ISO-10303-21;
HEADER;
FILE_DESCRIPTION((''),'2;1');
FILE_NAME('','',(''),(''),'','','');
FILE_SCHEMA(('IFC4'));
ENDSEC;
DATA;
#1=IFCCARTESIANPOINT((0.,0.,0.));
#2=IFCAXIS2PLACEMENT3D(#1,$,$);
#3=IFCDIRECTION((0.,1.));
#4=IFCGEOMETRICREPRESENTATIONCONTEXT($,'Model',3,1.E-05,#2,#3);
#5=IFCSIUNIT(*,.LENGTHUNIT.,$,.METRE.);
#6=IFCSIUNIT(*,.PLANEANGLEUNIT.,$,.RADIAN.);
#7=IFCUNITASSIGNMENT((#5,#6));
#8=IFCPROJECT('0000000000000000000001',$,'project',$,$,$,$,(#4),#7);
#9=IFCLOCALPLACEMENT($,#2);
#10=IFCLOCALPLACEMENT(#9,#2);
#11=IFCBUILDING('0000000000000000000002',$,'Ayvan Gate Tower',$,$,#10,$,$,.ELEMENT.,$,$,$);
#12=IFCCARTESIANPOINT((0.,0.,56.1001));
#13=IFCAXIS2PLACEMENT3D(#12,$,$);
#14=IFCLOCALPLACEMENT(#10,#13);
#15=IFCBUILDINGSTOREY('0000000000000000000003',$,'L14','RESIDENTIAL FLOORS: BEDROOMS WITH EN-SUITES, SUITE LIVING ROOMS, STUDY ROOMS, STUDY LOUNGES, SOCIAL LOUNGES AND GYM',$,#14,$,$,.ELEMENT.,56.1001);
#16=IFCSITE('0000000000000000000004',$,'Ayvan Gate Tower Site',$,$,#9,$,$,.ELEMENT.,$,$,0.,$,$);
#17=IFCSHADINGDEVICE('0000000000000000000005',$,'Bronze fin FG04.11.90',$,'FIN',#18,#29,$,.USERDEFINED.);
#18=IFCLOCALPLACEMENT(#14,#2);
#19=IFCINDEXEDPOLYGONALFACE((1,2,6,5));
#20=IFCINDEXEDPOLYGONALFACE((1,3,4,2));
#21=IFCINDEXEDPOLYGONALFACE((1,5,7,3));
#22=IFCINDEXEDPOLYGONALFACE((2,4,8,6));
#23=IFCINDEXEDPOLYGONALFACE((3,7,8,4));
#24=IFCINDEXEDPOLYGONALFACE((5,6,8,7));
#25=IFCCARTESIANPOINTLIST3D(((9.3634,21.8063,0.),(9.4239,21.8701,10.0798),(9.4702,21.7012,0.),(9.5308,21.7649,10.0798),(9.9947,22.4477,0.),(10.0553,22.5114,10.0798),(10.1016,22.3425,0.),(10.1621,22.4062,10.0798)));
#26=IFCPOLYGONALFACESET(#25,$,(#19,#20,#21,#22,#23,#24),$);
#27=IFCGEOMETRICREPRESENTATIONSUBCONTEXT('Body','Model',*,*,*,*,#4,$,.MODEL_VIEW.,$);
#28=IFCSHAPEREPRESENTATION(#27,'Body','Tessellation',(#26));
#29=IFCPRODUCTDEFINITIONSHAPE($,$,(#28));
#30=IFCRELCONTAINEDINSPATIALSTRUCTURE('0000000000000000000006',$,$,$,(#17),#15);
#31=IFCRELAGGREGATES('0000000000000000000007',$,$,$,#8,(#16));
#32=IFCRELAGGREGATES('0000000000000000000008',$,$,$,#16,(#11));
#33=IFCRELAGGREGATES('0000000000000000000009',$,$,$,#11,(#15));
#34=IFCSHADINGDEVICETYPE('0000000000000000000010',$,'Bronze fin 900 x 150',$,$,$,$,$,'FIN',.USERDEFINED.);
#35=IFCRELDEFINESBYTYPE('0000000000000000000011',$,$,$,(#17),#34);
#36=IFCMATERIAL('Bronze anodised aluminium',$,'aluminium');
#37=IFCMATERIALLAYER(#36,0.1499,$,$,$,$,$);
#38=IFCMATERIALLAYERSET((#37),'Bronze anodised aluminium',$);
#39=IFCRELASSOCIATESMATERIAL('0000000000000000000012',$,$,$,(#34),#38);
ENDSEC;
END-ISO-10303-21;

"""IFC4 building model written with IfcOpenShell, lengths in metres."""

from ifc_helpers import new_model, si_unit, direction, frame, origin, place, context, subcontext, project, spatial, polyline, outline, extrude, material, layer, layer_set, type_object, element, save


model = new_model("IFC4")

# Units and contexts
model_context = context("Model", 3, precision=1e-05, world=origin(), true_north=direction((0.0, 1.0)))
body_context = subcontext(model_context, "Body", "Model", "MODEL_VIEW")
ifc_project = project(units=[si_unit("LENGTHUNIT", "METRE"), si_unit("PLANEANGLEUNIT", "RADIAN")], contexts=[model_context])

# Site, building, storey
site_placement = place(None, origin())
site = spatial("IfcSite", under=ifc_project, at=site_placement, Name="Ayvan Gate Tower Site", CompositionType="ELEMENT", RefElevation=0.0)
building_placement = place(site_placement, origin())
building = spatial("IfcBuilding", under=site, at=building_placement, Name="Ayvan Gate Tower", CompositionType="ELEMENT")
storey_placement = place(building_placement, frame((0.0, 0.0, 56.1001)))
storey = spatial("IfcBuildingStorey", under=building, at=storey_placement, Name="L14", Description="RESIDENTIAL FLOORS: BEDROOMS WITH EN-SUITES, SUITE LIVING ROOMS, STUDY ROOMS, STUDY LOUNGES, SOCIAL LOUNGES AND GYM", CompositionType="ELEMENT", Elevation=56.1001)

# Shared definitions
ifc_material_1 = material(Name="Bronze anodised aluminium", Category="aluminium")

# Shading device
ifc_layer_1 = layer(ifc_material_1, 0.1499)
ifc_layer_set_1 = layer_set([ifc_layer_1], Name="Bronze anodised aluminium")
shading_device_type = type_object("IfcShadingDeviceType", Name="Bronze fin 900 x 150", ElementType="FIN", PredefinedType="USERDEFINED", material=ifc_layer_set_1)
shading_device_1_placement = place(storey_placement, frame((9.4702, 21.7012, 0.0), z_axis=(0.712646, -0.701524, 0.000154), x_axis=(0.701524, 0.712646, 0.0)))
element("IfcShadingDevice", 1, at=shading_device_1_placement, inside=storey, type_object=shading_device_type, Name="Bronze fin FG04.11.90", ObjectType="FIN", PredefinedType="USERDEFINED", context=body_context, shape_type="SweptSolid", body=[
    extrude(outline(polyline([(0.0, 0.0), (0.9, 0.0), (0.9879, 10.0798), (0.0879, 10.0798), (0.0, 0.0)])), origin(), (0.0, 0.0, -1.0), 0.1499),
])

save(model, "model.ifc")
